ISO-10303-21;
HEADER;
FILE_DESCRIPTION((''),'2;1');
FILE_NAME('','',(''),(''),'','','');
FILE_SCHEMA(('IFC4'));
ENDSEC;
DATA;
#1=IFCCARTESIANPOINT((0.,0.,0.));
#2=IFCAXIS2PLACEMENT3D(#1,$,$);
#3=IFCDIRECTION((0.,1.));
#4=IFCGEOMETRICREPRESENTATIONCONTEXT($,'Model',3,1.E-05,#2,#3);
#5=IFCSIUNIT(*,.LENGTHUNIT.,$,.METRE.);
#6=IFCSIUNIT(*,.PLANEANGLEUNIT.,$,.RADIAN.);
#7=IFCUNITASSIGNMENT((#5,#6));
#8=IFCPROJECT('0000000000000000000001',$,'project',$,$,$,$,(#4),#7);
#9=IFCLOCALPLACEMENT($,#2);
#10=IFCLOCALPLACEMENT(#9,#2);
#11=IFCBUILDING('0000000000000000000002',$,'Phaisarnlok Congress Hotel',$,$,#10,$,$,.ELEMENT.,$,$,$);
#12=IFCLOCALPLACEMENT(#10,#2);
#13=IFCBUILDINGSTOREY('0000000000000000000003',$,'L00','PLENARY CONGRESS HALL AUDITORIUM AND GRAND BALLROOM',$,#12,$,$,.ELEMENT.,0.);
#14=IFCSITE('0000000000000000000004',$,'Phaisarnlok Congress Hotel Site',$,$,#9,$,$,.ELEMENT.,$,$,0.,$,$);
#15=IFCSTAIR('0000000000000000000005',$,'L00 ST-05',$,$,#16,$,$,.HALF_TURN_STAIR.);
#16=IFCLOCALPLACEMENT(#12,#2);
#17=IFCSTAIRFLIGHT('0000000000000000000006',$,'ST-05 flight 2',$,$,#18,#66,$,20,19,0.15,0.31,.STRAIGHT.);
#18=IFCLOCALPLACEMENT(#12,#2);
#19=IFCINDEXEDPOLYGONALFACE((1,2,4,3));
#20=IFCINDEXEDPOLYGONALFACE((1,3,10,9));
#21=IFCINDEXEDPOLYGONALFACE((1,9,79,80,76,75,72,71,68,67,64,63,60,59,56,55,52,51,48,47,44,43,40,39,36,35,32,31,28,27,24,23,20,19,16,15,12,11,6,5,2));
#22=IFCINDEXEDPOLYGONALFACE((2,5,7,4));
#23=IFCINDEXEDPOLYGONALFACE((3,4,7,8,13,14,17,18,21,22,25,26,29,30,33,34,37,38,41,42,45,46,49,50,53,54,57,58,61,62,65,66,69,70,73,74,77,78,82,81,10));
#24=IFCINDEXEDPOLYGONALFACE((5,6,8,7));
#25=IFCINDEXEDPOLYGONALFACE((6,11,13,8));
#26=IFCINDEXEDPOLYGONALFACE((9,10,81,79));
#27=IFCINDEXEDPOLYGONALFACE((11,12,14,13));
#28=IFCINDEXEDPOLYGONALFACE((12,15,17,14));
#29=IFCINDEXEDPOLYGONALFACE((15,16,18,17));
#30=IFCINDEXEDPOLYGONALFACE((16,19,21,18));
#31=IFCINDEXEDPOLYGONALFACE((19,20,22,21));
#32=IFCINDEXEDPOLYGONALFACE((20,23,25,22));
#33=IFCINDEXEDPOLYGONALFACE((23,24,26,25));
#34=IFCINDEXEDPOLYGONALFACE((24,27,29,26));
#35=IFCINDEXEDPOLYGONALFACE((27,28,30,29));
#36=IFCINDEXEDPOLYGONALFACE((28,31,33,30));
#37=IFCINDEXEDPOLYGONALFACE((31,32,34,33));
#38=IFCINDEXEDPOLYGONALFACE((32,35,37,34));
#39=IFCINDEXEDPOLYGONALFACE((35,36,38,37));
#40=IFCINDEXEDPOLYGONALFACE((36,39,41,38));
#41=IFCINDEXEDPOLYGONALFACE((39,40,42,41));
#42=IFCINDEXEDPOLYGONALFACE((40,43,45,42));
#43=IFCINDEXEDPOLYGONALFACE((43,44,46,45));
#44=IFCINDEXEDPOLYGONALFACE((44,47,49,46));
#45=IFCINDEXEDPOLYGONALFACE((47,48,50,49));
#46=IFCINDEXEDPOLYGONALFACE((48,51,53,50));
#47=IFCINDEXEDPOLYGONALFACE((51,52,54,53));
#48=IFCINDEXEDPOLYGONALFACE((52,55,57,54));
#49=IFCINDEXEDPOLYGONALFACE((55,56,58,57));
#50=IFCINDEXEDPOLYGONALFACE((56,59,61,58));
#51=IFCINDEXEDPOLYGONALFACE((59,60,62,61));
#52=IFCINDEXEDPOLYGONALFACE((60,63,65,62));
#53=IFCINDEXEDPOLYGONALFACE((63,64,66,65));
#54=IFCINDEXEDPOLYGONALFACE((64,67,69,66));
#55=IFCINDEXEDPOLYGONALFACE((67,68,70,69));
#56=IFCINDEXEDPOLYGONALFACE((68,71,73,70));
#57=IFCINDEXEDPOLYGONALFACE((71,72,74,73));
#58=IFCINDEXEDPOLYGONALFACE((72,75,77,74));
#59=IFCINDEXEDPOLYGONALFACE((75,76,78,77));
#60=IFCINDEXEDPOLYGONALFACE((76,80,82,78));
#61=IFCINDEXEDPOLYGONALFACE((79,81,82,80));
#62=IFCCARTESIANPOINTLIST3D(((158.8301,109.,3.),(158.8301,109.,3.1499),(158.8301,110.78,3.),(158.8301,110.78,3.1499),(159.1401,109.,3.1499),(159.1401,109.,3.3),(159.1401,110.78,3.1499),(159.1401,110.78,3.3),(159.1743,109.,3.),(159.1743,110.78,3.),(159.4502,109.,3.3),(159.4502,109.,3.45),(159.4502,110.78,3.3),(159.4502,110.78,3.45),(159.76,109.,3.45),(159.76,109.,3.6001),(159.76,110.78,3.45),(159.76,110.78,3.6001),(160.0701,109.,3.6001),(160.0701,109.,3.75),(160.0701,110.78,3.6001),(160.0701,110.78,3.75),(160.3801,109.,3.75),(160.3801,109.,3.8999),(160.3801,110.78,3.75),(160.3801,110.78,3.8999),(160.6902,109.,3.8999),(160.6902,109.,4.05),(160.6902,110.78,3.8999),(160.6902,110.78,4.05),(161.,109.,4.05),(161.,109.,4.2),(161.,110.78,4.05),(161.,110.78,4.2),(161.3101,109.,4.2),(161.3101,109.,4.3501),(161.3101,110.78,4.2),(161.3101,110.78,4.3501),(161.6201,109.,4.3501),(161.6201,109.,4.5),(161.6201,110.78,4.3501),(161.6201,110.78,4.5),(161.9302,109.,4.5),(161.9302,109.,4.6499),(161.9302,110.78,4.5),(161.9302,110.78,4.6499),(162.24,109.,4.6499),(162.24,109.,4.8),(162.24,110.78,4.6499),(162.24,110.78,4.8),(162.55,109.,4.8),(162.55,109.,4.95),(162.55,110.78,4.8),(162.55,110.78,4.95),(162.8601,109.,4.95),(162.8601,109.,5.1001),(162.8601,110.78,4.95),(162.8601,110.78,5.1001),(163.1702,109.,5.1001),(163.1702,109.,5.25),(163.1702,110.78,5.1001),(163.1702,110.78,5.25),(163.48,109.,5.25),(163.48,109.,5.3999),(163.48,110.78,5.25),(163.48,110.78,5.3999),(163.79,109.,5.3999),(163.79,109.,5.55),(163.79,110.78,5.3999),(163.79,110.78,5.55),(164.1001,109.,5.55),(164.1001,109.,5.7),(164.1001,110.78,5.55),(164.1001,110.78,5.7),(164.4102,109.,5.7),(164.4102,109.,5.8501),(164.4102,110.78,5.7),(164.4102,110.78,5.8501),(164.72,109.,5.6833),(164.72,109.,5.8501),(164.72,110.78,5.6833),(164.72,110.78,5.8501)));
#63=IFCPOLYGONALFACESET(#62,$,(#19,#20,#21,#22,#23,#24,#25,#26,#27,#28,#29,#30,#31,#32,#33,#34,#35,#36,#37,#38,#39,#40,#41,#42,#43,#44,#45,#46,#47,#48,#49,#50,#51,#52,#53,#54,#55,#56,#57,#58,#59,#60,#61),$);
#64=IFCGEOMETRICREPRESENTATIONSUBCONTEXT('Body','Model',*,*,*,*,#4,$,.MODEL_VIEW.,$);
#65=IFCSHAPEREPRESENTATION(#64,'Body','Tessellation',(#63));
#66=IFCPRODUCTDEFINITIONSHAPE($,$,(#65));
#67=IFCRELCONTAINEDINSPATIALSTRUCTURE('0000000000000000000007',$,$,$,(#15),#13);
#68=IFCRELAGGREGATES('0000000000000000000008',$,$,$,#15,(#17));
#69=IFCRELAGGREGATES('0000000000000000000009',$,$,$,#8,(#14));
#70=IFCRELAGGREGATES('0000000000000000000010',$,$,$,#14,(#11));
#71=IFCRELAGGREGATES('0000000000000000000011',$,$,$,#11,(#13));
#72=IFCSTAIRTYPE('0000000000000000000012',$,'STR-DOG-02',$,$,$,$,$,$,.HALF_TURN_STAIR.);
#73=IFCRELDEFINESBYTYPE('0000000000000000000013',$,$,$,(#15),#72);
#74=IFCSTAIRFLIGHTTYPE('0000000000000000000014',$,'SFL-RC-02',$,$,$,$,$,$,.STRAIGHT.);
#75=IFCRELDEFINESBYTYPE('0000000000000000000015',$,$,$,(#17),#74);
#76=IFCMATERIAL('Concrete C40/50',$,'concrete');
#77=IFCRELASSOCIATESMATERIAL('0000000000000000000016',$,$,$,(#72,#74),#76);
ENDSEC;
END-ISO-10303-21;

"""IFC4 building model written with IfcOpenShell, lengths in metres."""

from ifc_helpers import new_model, si_unit, direction, frame, origin, place, context, subcontext, project, spatial, polyline, outline, extrude, material, type_object, element, aggregate, save


model = new_model("IFC4")

# Units and contexts
model_context = context("Model", 3, precision=1e-05, world=origin(), true_north=direction((0.0, 1.0)))
body_context = subcontext(model_context, "Body", "Model", "MODEL_VIEW")
ifc_project = project(units=[si_unit("LENGTHUNIT", "METRE"), si_unit("PLANEANGLEUNIT", "RADIAN")], contexts=[model_context])

# Site, building, storey
site_placement = place(None, origin())
site = spatial("IfcSite", under=ifc_project, at=site_placement, Name="Phaisarnlok Congress Hotel Site", CompositionType="ELEMENT", RefElevation=0.0)
building_placement = place(site_placement, origin())
building = spatial("IfcBuilding", under=site, at=building_placement, Name="Phaisarnlok Congress Hotel", CompositionType="ELEMENT")
storey_placement = place(building_placement, origin())
storey = spatial("IfcBuildingStorey", under=building, at=storey_placement, Name="L00", Description="PLENARY CONGRESS HALL AUDITORIUM AND GRAND BALLROOM", CompositionType="ELEMENT", Elevation=0.0)

# Shared definitions
ifc_material_1 = material(Name="Concrete C40/50", Category="concrete")

# Stair, stair flight
stair_type = type_object("IfcStairType", Name="STR-DOG-02", PredefinedType="HALF_TURN_STAIR", material=ifc_material_1)
stair_placement = place(storey_placement, origin())
stair = element("IfcStair", 1, at=stair_placement, inside=storey, type_object=stair_type, Name="L00 ST-05", PredefinedType="HALF_TURN_STAIR")
stair_flight_type = type_object("IfcStairFlightType", Name="SFL-RC-02", PredefinedType="STRAIGHT", material=ifc_material_1)
stair_flight_placement = place(storey_placement, frame((158.8301, 109.8899, 3.0), z_axis=(0.0, 0.0, 1.0), x_axis=(1.0, 0.0, 0.0)))
stair_flight = element("IfcStairFlight", 2, at=stair_flight_placement, type_object=stair_flight_type, Name="ST-05 flight 2", NumberOfRisers=20, NumberOfTreads=19, PredefinedType="STRAIGHT", RiserHeight=0.15, TreadLength=0.31, context=body_context, shape_type="SweptSolid", body=[
    extrude(outline(polyline([(0.0, 0.0), (0.0, 0.1499), (0.3101, 0.1499), (0.3101, 0.3), (0.6201, 0.3), (0.6201, 0.45), (0.9299, 0.45), (0.9299, 0.6001), (1.24, 0.6001), (1.24, 0.75), (1.55, 0.75), (1.55, 0.8999), (1.8601, 0.8999), (1.8601, 1.05), (2.1699, 1.05), (2.1699, 1.2), (2.48, 1.2), (2.48, 1.3501), (2.79, 1.3501), (2.79, 1.5), (3.1001, 1.5), (3.1001, 1.6499), (3.4099, 1.6499), (3.4099, 1.8), (3.72, 1.8), (3.72, 1.95), (4.03, 1.95), (4.03, 2.1001), (4.3401, 2.1001), (4.3401, 2.25), (4.6499, 2.25), (4.6499, 2.3999), (4.96, 2.3999), (4.96, 2.55), (5.27, 2.55), (5.27, 2.7), (5.5801, 2.7), (5.5801, 2.8501), (5.8899, 2.8501), (5.8899, 3.0), (5.8899, 2.6833), (0.3442, 0.0), (0.0, 0.0)])), frame((0.0, 0.8901, 0.0), z_axis=(0.0, -1.0, 0.0), x_axis=(1.0, 0.0, 0.0)), (0.0, 0.0, 1.0), 1.78),
])
aggregate(stair, [stair_flight])

save(model, "model.ifc")
